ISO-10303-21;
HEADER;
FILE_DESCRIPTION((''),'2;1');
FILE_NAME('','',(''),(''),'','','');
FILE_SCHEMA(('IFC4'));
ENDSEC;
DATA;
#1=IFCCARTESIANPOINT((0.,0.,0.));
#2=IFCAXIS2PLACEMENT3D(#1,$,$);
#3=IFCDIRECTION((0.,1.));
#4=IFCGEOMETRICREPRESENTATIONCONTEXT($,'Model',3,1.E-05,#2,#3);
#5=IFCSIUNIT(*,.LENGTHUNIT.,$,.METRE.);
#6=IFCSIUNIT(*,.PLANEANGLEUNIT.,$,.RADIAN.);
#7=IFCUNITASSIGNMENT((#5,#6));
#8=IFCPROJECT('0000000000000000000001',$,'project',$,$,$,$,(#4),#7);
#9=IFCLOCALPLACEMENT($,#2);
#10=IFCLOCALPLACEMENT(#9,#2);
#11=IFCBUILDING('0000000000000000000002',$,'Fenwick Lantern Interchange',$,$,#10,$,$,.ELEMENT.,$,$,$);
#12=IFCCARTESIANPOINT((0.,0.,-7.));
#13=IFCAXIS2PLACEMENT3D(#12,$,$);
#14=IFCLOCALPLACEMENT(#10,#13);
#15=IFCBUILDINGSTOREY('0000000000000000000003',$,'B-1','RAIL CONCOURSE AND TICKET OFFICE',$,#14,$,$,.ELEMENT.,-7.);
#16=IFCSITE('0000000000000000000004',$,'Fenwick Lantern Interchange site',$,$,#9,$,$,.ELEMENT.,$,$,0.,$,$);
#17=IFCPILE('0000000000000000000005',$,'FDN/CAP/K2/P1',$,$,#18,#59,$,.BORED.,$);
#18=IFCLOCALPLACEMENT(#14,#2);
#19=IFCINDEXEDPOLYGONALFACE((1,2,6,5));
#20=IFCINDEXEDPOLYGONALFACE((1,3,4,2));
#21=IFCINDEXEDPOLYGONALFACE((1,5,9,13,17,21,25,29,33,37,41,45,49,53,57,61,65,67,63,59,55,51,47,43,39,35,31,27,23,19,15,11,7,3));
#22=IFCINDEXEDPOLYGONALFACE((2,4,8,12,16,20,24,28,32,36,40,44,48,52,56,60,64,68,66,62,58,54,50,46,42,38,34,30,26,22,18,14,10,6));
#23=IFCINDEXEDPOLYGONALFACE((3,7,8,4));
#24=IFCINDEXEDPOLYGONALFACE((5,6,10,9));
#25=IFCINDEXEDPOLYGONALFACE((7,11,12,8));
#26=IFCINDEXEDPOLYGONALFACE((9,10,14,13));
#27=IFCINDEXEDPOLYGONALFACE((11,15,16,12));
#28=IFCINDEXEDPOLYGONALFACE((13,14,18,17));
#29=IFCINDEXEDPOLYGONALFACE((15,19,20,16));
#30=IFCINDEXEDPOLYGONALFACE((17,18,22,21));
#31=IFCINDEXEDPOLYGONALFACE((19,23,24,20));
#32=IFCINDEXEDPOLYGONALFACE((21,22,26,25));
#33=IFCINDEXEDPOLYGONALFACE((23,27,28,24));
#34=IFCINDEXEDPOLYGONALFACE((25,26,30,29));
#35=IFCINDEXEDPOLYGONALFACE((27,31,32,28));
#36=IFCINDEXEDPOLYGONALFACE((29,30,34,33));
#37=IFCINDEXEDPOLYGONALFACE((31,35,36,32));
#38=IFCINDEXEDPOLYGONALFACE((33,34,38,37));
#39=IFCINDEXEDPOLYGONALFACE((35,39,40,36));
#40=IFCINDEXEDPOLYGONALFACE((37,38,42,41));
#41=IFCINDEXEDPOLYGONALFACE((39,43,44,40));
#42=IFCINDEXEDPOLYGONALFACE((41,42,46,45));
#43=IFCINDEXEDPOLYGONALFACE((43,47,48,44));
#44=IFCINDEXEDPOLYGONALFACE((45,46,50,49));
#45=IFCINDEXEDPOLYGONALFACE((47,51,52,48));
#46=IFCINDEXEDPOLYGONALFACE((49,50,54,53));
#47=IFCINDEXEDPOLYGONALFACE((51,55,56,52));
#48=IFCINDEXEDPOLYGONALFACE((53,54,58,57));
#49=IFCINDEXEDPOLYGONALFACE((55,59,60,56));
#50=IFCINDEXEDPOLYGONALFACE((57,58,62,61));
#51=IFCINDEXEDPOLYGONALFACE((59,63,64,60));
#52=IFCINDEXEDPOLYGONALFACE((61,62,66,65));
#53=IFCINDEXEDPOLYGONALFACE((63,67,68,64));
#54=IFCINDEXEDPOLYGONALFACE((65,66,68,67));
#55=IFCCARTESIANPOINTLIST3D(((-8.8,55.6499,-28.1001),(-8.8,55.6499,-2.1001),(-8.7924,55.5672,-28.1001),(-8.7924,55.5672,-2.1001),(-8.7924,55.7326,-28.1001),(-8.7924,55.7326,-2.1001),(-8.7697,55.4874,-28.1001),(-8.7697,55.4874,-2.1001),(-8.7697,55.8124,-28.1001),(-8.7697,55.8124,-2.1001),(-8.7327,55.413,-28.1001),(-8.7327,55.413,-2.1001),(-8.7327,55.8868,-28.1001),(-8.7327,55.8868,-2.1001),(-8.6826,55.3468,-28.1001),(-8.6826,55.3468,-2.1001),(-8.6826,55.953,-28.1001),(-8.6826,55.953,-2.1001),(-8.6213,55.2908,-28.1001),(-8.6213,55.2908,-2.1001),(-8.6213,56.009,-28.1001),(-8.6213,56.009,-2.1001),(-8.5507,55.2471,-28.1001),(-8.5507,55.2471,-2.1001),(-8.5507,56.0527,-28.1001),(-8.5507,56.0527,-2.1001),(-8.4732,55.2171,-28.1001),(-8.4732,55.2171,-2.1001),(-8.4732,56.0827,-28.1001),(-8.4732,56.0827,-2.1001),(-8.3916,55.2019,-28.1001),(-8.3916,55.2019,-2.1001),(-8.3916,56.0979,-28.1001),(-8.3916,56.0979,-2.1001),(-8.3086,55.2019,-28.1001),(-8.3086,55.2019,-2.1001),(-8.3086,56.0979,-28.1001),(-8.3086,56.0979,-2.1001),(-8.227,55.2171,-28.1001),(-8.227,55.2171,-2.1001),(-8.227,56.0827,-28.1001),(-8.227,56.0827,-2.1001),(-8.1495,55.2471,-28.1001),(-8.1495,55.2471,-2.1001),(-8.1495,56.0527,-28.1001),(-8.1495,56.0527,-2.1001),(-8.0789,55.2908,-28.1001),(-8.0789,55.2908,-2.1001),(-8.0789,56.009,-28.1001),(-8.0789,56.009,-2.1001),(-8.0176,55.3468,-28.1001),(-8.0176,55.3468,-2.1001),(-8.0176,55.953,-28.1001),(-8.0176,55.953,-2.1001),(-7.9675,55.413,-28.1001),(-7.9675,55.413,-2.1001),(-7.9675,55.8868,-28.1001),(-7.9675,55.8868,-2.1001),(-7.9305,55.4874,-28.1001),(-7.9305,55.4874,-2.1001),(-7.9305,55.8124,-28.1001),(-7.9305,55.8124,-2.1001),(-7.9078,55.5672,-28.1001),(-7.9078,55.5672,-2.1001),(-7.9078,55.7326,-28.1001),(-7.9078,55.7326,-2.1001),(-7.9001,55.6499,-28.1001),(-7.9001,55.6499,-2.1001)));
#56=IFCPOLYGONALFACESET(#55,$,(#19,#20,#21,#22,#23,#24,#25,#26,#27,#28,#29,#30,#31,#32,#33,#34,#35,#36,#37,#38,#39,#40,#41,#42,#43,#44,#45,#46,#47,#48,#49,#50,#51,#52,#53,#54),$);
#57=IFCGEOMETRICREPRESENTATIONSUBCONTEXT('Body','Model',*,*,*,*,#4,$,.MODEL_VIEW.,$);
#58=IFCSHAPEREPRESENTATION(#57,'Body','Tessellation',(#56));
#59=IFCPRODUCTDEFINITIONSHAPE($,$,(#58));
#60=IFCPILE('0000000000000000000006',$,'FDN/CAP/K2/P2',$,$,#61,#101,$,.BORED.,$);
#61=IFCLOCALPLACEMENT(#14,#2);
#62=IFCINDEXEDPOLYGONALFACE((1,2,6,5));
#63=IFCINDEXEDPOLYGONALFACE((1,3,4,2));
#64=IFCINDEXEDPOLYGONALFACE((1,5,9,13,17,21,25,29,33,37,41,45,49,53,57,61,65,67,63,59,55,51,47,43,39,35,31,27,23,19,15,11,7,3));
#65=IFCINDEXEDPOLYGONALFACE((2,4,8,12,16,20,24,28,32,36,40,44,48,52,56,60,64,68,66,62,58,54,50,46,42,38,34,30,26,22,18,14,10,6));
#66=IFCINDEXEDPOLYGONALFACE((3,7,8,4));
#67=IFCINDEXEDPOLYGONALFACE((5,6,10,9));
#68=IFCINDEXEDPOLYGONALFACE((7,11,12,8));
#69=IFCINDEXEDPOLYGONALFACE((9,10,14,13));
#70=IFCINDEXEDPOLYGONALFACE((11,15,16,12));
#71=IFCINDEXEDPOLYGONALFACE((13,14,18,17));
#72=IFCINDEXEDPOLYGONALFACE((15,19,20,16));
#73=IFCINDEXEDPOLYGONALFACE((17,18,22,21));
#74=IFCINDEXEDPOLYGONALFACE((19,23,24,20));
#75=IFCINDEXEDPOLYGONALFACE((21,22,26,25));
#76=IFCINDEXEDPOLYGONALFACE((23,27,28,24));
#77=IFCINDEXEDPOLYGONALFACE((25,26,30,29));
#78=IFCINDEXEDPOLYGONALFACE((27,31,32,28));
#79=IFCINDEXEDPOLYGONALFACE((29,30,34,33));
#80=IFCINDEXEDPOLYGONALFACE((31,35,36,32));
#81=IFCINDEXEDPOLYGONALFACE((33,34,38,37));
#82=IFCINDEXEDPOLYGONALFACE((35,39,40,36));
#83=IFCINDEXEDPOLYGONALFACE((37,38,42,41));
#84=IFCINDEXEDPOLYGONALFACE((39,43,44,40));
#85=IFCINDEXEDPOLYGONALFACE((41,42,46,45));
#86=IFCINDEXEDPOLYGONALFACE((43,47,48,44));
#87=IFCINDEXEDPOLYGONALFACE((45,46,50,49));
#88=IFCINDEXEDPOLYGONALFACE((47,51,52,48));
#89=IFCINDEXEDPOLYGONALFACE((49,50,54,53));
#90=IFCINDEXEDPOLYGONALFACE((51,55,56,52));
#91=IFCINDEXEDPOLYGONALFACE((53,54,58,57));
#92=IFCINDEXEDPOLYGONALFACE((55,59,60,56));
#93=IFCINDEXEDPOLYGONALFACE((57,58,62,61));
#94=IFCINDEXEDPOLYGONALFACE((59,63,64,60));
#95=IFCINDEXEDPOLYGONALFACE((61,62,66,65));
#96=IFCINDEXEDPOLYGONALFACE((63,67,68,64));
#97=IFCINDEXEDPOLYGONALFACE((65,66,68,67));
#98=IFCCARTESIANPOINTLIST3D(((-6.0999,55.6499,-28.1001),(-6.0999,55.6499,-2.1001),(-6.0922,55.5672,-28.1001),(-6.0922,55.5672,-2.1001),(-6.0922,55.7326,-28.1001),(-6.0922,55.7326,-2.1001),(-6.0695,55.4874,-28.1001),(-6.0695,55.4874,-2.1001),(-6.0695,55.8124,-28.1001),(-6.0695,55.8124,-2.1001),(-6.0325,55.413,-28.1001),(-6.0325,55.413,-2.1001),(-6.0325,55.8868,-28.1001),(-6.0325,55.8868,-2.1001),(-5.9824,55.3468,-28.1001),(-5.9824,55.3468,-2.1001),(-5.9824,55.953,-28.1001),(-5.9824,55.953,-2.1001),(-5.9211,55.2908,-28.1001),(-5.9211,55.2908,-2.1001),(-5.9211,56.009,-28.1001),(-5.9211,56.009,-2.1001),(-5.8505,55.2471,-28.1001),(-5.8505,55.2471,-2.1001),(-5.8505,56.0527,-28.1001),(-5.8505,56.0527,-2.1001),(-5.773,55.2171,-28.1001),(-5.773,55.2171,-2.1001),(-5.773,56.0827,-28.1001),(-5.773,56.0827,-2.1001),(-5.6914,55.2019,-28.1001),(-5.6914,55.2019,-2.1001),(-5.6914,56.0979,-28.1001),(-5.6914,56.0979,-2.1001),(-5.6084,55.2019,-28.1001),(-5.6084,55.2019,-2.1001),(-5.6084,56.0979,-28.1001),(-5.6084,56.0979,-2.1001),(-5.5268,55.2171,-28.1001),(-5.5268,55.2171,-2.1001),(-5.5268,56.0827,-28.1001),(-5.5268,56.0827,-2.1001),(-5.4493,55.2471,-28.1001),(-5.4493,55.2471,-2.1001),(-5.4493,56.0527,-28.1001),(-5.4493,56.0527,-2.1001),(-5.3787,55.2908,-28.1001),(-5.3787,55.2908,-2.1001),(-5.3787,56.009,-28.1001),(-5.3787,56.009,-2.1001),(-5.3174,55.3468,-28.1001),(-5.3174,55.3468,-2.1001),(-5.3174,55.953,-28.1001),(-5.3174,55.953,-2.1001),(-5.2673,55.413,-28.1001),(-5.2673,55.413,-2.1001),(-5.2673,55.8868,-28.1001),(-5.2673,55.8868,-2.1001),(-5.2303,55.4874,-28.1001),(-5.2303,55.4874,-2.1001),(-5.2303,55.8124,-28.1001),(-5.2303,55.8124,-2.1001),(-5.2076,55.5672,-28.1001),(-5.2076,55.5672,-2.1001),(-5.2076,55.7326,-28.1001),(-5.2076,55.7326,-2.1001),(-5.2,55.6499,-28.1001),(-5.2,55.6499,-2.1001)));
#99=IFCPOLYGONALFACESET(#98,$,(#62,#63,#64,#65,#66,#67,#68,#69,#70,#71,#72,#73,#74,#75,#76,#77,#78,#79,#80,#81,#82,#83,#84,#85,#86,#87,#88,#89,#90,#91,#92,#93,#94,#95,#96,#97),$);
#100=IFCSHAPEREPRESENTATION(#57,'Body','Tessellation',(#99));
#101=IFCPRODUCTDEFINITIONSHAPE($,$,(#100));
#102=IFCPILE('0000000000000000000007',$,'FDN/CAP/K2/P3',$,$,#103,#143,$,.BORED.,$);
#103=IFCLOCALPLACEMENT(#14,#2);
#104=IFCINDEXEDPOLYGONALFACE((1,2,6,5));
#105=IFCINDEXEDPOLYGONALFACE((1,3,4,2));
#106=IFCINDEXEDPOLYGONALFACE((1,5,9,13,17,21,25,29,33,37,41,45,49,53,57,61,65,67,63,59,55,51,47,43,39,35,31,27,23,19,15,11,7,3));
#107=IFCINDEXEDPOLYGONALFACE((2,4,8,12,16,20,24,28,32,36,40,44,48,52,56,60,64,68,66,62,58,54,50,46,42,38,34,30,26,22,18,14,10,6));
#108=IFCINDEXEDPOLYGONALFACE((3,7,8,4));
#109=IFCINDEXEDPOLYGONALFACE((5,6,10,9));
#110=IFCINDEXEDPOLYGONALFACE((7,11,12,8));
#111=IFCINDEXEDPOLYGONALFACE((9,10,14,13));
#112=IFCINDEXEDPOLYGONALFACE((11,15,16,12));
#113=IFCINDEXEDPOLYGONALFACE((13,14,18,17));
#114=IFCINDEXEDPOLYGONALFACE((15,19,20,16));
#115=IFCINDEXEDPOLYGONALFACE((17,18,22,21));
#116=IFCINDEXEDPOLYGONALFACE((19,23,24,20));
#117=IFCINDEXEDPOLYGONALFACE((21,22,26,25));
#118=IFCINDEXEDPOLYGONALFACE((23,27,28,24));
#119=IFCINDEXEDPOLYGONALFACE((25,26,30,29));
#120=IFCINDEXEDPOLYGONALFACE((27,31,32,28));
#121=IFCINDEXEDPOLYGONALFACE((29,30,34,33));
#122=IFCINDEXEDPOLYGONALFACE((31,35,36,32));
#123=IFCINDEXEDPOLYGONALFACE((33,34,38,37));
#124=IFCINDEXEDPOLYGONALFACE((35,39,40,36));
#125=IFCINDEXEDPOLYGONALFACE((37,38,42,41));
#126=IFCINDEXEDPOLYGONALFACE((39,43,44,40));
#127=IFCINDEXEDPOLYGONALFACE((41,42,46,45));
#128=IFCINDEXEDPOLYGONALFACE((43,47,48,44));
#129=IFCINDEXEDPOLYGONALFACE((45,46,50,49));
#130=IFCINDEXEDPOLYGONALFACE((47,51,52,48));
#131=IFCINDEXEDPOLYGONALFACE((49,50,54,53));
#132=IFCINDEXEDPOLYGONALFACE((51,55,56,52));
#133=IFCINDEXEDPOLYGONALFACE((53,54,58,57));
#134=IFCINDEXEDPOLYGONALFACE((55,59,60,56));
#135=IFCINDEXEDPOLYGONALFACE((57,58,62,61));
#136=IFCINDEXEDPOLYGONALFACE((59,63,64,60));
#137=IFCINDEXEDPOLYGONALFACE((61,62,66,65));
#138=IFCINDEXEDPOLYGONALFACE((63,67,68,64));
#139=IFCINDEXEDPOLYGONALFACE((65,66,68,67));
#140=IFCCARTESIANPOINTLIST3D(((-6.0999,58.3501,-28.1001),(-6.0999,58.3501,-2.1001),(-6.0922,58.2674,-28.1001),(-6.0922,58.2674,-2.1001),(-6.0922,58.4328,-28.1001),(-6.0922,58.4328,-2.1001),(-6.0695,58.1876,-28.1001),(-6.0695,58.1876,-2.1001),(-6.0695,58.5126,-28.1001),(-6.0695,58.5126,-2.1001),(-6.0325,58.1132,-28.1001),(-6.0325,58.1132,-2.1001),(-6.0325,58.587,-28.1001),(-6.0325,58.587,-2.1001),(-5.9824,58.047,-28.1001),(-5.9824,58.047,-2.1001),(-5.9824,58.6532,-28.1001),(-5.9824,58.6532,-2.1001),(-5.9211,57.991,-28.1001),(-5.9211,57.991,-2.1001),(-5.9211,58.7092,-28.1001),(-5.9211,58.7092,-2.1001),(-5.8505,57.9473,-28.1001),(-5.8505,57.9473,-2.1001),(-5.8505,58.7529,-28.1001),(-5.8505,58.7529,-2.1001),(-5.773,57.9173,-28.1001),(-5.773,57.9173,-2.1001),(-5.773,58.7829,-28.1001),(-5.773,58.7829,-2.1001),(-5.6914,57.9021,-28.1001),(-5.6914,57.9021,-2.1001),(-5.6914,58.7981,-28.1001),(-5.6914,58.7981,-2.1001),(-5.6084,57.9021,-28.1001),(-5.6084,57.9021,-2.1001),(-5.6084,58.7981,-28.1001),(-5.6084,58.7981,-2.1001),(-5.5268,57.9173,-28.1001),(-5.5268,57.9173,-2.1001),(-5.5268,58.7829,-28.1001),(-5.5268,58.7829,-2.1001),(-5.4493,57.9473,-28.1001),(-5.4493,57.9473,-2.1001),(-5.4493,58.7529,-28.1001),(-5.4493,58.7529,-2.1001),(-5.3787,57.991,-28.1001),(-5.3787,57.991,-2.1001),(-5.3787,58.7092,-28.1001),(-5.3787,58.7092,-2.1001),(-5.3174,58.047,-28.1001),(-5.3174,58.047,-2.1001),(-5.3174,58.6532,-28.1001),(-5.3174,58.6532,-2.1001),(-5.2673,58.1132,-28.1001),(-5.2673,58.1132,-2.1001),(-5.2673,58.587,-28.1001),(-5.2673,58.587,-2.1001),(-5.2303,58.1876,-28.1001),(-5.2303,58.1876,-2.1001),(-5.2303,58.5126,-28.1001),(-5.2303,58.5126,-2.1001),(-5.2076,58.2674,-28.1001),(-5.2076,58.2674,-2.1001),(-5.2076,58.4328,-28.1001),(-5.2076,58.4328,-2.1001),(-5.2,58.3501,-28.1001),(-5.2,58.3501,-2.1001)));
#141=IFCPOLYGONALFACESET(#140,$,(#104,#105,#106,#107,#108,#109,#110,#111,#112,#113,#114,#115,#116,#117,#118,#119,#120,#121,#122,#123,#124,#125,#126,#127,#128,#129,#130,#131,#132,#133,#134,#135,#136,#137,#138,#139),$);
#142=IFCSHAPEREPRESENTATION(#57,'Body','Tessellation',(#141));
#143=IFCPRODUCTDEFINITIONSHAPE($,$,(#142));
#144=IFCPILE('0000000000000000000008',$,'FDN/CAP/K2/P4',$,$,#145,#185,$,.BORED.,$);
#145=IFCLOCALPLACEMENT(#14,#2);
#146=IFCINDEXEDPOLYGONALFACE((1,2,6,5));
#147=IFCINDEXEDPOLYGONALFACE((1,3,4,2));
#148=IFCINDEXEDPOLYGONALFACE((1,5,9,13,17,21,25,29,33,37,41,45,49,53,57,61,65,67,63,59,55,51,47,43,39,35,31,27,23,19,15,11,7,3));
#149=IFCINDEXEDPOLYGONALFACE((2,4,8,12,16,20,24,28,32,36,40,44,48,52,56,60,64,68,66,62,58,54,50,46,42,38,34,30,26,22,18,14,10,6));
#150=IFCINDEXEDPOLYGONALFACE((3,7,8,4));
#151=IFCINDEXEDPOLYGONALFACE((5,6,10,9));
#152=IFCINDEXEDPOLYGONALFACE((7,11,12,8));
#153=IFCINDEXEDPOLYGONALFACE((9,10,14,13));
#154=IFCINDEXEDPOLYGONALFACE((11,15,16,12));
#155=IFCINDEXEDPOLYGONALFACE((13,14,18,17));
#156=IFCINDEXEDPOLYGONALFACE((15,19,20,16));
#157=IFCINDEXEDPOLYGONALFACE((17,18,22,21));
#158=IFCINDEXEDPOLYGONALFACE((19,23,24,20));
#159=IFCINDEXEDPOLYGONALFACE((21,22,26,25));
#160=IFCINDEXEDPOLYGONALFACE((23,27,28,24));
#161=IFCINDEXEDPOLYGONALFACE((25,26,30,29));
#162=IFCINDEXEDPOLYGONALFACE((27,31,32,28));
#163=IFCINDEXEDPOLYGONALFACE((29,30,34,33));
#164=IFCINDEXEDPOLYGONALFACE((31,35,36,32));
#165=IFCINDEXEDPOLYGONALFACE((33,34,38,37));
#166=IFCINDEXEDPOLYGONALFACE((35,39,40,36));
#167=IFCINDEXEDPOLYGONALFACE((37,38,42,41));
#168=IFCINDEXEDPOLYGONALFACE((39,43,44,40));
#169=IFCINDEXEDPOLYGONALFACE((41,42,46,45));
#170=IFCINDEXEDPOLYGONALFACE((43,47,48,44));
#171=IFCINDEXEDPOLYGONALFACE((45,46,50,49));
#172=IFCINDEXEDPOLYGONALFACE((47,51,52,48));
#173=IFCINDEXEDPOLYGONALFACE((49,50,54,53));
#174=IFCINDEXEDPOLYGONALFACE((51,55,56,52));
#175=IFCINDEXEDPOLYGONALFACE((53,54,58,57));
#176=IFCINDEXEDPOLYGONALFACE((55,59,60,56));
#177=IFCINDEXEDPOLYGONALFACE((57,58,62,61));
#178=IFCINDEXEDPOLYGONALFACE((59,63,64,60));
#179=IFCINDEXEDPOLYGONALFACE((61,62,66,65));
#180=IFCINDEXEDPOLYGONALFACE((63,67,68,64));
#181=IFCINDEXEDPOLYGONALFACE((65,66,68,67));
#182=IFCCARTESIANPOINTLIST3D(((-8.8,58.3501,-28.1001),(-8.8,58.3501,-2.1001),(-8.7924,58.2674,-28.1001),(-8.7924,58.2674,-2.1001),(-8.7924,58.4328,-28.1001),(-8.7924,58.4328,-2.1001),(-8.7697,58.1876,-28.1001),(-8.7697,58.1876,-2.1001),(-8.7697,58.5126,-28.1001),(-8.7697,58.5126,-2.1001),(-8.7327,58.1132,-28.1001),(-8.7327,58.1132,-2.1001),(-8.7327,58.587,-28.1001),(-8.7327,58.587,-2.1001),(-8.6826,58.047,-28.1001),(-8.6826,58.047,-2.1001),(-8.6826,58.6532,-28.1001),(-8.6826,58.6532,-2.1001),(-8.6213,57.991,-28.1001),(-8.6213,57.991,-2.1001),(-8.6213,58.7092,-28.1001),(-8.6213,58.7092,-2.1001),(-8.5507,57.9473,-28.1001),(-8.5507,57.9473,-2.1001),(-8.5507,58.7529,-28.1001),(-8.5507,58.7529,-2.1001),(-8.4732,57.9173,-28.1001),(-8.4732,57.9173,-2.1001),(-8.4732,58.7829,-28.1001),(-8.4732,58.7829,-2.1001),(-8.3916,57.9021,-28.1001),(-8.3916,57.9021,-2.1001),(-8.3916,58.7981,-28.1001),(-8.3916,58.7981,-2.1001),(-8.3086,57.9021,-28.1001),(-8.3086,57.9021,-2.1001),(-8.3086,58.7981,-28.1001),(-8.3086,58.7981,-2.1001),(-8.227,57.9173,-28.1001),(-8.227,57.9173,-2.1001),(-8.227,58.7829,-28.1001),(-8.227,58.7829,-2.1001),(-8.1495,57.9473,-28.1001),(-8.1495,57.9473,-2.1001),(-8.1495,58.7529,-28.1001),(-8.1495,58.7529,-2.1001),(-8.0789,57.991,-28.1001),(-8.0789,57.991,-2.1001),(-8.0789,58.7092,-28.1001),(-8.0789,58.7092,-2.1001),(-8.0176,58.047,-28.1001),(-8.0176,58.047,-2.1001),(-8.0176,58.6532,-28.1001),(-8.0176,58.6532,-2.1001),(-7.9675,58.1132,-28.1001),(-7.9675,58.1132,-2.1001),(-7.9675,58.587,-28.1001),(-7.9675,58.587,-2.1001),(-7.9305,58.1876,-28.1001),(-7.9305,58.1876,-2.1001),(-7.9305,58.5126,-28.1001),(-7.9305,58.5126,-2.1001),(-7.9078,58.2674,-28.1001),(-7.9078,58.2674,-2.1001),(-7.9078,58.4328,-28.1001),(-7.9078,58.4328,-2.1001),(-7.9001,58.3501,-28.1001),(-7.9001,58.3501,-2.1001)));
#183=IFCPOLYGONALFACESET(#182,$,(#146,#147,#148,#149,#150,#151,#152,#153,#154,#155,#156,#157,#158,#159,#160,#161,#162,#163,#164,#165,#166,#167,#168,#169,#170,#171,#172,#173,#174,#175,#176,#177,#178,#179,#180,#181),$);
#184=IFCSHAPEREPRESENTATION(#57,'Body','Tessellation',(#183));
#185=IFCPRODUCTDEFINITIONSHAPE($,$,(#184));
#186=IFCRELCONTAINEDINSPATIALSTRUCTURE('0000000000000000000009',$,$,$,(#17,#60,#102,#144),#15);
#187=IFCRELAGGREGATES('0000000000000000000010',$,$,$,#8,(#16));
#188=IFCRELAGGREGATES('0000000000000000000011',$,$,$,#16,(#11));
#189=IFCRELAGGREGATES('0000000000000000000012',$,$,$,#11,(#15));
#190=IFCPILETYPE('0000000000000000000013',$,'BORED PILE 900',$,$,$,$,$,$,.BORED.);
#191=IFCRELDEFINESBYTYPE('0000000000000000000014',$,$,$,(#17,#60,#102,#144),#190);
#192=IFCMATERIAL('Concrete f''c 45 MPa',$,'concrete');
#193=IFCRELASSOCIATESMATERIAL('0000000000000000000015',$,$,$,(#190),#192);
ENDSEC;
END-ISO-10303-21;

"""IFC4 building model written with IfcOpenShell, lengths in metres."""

from ifc_helpers import new_model, si_unit, direction, frame, origin, origin_2d, place, context, subcontext, project, spatial, circle, extrude, material, type_object, element, save


model = new_model("IFC4")

# Units and contexts
model_context = context("Model", 3, precision=1e-05, world=origin(), true_north=direction((0.0, 1.0)))
body_context = subcontext(model_context, "Body", "Model", "MODEL_VIEW")
ifc_project = project(units=[si_unit("LENGTHUNIT", "METRE"), si_unit("PLANEANGLEUNIT", "RADIAN")], contexts=[model_context])

# Site, building, storey
site_placement = place(None, origin())
site = spatial("IfcSite", under=ifc_project, at=site_placement, Name="Fenwick Lantern Interchange site", CompositionType="ELEMENT", RefElevation=0.0)
building_placement = place(site_placement, origin())
building = spatial("IfcBuilding", under=site, at=building_placement, Name="Fenwick Lantern Interchange", CompositionType="ELEMENT")
storey_placement = place(building_placement, frame((0.0, 0.0, -7.0)))
storey = spatial("IfcBuildingStorey", under=building, at=storey_placement, Name="B-1", Description="RAIL CONCOURSE AND TICKET OFFICE", CompositionType="ELEMENT", Elevation=-7.0)

# Piles
ifc_material_1 = material(Name="Concrete f'c 45 MPa", Category="concrete")
pile_type_1 = type_object("IfcPileType", Name="BORED PILE 900", PredefinedType="BORED", material=ifc_material_1)
for number, where, z_axis, x_axis, name in (
    (1, (-8.3501, 55.6499, -2.1001), (0.0, 0.0, -1.0), (1.0, 0.0, 0.0), "FDN/CAP/K2/P1"),
    (2, (-5.6499, 55.6499, -2.1001), (0.0, 0.0, -1.0), (1.0, 0.0, 0.0), "FDN/CAP/K2/P2"),
    (3, (-5.6499, 58.3501, -2.1001), (0.0, 0.0, -1.0), (1.0, 0.0, 0.0), "FDN/CAP/K2/P3"),
    (4, (-8.3501, 58.3501, -2.1001), (0.0, 0.0, -1.0), (1.0, 0.0, 0.0), "FDN/CAP/K2/P4"),
):
    element("IfcPile", number, at=place(storey_placement, frame(where, z_axis=z_axis, x_axis=x_axis)), inside=storey, type_object=pile_type_1, Name=name, PredefinedType="BORED", context=body_context, shape_type="SweptSolid", body=[
        extrude(circle(Radius=0.45, at=origin_2d()), origin(), (0.0, 0.0, 1.0), 26.0),
    ])

save(model, "model.ifc")
